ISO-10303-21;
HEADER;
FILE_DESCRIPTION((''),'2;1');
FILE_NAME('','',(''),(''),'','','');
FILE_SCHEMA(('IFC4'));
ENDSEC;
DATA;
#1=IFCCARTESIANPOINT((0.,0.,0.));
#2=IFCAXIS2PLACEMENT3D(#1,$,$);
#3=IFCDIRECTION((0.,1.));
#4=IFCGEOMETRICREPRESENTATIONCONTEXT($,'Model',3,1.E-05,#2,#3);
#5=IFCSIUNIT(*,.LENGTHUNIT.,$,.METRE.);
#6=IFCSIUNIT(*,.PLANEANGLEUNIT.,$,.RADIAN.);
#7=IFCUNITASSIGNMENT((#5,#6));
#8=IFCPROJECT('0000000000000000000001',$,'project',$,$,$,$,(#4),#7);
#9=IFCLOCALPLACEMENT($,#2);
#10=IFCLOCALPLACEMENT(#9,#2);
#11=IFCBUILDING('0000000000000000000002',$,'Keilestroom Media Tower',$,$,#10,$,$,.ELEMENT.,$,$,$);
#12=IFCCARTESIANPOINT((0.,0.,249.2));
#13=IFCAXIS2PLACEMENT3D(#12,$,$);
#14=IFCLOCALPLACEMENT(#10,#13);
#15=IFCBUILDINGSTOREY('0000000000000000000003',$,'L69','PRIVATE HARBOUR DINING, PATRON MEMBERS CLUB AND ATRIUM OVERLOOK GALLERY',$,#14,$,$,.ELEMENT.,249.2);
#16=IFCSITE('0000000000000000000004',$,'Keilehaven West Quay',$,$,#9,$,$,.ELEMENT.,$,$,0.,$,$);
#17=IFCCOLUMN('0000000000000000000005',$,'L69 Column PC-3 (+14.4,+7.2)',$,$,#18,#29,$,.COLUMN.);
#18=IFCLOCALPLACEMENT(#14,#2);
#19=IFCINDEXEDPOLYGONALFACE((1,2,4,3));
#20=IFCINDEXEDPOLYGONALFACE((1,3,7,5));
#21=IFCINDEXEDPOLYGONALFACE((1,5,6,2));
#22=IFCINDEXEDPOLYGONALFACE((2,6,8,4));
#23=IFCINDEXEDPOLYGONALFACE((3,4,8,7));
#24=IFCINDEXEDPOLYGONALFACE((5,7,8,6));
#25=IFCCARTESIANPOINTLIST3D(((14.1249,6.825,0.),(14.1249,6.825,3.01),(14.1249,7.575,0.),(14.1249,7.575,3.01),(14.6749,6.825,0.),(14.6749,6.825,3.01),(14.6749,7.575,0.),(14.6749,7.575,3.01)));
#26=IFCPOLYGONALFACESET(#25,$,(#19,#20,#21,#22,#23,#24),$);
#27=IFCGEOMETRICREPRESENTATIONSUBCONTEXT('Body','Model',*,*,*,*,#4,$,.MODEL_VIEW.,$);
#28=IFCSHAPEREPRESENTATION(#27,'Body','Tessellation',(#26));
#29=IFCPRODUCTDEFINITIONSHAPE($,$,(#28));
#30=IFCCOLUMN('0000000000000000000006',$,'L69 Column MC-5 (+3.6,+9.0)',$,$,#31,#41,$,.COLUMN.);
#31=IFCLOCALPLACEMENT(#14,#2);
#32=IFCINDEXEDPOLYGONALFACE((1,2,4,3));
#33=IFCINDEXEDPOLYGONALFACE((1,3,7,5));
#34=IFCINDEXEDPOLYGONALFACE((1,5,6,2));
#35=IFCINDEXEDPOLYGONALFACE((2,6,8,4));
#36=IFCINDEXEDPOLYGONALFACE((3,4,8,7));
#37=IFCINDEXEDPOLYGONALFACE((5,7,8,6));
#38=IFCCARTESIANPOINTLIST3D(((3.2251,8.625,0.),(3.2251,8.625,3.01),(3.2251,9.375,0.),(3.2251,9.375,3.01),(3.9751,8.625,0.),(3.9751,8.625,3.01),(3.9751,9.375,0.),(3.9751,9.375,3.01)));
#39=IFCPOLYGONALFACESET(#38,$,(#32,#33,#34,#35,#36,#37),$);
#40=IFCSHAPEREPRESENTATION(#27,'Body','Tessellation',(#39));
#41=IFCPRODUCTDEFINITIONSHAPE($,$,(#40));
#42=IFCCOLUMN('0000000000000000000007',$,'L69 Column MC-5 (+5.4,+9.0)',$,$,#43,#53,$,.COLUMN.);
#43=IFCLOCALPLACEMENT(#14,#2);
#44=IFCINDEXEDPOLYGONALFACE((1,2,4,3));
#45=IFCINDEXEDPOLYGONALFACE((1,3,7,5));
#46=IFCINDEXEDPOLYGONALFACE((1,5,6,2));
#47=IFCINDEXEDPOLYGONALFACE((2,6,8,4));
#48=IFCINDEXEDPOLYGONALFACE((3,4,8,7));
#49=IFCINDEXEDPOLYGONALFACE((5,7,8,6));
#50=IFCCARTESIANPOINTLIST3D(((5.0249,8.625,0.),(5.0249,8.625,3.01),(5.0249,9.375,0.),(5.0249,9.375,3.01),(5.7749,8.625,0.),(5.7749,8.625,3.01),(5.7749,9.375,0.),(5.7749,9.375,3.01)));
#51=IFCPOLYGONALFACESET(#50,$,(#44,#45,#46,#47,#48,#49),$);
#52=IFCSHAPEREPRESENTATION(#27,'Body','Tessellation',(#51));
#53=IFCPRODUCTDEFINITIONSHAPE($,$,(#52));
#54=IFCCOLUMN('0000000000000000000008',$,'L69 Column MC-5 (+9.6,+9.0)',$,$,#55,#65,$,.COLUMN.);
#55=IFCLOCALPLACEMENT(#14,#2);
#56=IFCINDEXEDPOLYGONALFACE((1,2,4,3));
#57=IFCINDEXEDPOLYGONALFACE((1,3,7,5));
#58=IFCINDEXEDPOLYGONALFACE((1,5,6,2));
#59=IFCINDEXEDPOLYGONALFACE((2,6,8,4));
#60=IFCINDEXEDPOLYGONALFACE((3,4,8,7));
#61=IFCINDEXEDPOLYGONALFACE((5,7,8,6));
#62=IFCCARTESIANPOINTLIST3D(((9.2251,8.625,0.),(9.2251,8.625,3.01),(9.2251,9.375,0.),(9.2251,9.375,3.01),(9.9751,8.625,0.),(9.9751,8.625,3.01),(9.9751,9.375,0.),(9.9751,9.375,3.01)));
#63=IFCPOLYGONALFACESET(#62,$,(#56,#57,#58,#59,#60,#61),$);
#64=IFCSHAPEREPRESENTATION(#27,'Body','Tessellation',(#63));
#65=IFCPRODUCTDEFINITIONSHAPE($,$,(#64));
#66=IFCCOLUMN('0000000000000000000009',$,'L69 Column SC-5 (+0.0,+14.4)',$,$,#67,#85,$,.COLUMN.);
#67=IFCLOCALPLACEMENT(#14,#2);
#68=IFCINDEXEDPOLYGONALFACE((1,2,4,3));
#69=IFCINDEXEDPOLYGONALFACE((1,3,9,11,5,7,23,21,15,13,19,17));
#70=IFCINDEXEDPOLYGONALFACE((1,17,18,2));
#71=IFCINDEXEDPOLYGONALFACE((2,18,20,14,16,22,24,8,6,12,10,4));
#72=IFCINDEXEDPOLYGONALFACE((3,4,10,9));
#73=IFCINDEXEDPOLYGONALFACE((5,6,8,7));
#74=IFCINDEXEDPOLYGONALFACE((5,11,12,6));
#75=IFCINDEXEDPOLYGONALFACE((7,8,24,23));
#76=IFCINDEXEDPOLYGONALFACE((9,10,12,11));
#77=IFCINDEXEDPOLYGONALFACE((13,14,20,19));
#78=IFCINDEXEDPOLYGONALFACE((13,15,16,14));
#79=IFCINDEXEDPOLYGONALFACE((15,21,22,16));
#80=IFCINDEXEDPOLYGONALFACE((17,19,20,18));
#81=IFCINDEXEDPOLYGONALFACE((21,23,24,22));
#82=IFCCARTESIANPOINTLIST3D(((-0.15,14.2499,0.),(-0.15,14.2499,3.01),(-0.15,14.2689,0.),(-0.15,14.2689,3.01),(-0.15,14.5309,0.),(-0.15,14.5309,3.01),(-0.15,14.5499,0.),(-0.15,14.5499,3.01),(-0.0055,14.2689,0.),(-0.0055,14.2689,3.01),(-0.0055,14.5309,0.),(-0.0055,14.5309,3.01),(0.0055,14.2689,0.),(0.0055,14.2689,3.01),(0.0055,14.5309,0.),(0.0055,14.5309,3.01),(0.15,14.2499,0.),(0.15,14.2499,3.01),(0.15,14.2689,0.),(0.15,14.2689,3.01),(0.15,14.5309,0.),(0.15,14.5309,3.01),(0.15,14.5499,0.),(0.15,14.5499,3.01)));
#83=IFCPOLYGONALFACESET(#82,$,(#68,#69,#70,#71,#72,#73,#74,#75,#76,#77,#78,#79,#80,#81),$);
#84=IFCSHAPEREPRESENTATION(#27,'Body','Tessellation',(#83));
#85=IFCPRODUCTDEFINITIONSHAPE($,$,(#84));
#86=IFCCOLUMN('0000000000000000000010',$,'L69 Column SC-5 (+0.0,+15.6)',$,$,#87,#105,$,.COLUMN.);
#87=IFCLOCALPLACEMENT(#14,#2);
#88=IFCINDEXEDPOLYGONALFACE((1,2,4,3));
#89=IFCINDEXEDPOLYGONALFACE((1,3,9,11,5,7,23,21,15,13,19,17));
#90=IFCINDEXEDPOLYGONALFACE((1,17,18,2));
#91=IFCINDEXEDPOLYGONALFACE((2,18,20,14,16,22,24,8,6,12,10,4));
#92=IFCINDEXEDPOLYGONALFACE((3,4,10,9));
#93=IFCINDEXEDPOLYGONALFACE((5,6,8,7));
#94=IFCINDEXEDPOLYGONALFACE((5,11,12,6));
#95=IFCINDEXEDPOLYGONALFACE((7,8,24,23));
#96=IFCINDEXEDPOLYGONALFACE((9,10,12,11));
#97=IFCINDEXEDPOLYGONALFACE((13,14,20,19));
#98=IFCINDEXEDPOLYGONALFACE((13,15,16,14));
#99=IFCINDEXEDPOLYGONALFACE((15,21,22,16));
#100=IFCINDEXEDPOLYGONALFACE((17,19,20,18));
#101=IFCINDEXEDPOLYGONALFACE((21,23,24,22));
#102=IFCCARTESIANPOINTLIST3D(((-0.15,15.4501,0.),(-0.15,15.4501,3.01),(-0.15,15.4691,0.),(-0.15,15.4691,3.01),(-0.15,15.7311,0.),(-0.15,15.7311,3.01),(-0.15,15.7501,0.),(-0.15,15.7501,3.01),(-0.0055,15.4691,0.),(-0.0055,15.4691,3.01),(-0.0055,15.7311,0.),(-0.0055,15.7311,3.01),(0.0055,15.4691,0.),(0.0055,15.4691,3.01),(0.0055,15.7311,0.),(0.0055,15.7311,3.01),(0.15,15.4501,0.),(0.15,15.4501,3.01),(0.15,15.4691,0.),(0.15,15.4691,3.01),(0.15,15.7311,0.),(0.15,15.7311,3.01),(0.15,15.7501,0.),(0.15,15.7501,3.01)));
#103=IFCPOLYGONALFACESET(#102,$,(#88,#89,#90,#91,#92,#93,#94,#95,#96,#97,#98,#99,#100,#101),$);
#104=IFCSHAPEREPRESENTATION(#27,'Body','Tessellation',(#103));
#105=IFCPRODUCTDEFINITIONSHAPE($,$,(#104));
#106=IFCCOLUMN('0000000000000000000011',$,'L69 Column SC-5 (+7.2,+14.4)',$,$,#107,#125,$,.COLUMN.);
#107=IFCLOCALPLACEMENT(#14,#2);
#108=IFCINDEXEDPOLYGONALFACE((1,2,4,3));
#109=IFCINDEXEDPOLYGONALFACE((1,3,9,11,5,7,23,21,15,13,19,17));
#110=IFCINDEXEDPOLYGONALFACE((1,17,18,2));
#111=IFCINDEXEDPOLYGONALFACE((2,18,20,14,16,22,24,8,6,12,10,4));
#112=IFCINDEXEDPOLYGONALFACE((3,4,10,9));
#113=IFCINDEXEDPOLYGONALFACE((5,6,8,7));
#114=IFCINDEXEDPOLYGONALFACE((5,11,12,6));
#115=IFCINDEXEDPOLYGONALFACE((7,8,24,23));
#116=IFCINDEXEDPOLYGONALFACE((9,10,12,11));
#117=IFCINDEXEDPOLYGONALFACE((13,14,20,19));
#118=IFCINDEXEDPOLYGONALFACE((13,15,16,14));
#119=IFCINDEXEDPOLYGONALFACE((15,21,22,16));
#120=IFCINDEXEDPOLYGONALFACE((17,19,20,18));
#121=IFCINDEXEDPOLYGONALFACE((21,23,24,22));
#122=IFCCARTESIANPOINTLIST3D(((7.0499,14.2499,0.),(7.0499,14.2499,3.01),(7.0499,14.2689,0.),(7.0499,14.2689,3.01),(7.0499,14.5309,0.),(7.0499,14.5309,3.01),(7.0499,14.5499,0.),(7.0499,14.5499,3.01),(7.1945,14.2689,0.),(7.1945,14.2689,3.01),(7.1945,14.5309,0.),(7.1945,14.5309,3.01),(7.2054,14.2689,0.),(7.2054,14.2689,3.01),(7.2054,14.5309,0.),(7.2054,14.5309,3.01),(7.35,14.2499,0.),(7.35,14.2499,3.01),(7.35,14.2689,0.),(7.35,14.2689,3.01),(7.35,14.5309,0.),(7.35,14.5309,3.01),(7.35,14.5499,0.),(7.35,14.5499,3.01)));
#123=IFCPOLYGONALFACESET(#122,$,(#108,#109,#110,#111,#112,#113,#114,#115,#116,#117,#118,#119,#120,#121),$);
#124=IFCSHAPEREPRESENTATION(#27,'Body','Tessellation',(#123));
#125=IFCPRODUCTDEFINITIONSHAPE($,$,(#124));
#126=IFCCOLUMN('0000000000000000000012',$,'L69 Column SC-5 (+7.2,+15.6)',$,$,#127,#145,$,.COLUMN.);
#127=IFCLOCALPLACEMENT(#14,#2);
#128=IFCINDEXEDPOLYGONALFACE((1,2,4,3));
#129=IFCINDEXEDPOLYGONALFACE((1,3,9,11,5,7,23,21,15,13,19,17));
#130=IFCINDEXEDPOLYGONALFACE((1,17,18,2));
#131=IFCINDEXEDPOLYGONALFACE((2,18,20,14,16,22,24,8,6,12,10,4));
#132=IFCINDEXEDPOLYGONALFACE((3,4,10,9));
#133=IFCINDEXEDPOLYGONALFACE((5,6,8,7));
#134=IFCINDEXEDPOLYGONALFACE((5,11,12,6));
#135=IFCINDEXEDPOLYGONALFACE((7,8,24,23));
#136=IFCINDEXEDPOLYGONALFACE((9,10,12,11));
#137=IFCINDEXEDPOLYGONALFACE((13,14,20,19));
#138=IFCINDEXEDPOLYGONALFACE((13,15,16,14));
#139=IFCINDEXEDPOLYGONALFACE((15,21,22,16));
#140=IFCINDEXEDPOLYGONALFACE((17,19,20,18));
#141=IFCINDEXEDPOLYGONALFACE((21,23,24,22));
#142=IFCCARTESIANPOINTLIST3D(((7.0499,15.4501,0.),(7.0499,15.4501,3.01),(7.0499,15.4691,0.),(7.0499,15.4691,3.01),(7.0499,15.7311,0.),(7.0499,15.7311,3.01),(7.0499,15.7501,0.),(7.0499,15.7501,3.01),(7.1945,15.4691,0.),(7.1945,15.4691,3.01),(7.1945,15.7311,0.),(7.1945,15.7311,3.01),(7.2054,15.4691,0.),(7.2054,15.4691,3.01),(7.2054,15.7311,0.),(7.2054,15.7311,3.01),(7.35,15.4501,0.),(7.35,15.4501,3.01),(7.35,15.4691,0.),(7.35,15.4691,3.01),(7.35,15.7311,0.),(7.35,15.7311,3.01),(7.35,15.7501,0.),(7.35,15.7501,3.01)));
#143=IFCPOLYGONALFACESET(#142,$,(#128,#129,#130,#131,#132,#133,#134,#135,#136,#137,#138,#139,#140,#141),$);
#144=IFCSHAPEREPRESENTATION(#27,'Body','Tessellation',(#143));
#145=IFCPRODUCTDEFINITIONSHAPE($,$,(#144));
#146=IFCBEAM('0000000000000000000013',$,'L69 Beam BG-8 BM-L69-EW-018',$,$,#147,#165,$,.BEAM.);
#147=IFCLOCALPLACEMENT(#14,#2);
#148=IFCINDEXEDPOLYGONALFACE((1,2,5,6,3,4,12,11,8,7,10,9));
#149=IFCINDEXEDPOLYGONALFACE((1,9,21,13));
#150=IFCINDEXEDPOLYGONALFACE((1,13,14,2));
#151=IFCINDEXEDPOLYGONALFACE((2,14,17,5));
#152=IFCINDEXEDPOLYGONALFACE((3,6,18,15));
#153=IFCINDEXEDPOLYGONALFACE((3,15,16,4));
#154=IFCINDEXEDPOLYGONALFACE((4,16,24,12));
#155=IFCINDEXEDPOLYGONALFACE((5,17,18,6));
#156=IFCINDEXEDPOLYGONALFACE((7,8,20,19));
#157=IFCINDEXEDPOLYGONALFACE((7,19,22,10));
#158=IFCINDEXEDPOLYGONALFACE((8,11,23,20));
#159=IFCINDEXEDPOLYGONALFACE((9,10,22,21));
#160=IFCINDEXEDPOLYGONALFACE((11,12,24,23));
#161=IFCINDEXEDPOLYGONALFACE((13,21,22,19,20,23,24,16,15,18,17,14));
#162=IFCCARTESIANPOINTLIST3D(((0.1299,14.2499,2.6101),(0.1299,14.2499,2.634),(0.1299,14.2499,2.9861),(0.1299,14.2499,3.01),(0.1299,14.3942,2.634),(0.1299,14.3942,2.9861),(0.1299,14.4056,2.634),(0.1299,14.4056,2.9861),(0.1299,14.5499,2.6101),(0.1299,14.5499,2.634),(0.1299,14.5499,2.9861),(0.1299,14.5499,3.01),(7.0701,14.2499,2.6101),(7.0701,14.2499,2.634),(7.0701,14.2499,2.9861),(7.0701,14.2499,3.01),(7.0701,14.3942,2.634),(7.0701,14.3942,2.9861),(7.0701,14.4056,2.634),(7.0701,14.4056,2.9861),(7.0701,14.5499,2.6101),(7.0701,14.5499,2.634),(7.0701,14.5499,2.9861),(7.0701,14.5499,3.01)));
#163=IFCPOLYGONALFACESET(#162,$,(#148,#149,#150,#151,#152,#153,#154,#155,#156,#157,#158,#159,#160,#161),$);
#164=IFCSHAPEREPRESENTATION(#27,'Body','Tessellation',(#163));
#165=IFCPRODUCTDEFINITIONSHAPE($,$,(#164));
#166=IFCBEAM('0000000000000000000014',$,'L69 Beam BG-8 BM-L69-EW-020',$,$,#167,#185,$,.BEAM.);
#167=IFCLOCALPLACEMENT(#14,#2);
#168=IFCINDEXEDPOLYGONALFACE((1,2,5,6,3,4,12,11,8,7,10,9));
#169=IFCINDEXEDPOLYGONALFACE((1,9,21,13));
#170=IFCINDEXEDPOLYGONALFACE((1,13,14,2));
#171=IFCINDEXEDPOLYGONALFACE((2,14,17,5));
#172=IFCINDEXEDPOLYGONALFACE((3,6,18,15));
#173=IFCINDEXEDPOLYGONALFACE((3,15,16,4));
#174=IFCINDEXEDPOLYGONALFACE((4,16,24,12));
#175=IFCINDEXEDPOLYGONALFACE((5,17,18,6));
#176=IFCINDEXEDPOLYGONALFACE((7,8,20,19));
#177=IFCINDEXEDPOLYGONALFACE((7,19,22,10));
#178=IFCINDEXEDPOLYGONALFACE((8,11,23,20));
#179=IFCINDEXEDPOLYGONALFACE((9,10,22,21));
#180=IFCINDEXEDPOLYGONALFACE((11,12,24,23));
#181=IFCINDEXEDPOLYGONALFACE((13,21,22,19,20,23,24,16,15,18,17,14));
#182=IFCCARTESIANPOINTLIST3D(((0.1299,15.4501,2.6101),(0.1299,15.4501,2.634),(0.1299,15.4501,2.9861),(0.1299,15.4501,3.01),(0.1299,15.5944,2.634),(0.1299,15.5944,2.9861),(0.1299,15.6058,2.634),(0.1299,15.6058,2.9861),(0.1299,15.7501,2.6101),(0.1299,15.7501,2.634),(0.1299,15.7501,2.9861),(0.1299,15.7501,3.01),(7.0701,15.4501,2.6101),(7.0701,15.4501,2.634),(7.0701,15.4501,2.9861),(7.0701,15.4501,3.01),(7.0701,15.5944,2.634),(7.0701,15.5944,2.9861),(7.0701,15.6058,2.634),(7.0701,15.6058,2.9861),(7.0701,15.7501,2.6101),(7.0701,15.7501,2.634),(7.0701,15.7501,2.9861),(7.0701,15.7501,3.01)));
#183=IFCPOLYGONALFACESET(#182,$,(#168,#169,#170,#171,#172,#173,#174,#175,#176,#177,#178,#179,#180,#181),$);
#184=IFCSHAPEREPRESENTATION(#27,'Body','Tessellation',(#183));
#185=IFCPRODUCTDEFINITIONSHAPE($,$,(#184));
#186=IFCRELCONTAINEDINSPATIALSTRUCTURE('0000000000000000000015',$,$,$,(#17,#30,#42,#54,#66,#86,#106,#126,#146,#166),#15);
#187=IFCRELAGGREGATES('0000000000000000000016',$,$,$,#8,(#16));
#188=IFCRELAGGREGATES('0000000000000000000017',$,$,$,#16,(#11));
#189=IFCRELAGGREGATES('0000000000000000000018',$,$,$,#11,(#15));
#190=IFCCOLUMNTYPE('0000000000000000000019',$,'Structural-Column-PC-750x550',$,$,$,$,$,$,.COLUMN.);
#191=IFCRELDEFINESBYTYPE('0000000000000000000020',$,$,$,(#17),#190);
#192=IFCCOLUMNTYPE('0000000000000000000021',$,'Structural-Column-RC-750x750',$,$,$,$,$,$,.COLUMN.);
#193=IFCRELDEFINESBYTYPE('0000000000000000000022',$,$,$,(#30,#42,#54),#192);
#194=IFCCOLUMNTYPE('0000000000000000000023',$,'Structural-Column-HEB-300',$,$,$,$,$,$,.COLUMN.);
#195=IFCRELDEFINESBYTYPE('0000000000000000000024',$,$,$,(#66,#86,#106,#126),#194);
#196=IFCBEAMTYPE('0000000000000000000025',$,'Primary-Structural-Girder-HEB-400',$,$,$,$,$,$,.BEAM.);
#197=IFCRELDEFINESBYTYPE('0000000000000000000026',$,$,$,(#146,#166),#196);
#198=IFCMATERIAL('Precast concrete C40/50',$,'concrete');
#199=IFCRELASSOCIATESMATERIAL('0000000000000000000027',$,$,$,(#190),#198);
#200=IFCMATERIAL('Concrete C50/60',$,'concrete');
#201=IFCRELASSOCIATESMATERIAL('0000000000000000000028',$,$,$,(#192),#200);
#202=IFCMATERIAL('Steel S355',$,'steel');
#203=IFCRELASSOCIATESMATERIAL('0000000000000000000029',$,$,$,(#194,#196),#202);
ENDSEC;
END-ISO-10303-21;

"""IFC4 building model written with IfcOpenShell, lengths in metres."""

from ifc_helpers import new_model, si_unit, direction, frame, origin, origin_2d, place, context, subcontext, project, spatial, rectangle, i_section, extrude, source, transform, mapped, material, material_profile, profile_set, type_object, element, save


model = new_model("IFC4")

# Units and contexts
model_context = context("Model", 3, precision=1e-05, world=origin(), true_north=direction((0.0, 1.0)))
body_context = subcontext(model_context, "Body", "Model", "MODEL_VIEW")
ifc_project = project(units=[si_unit("LENGTHUNIT", "METRE"), si_unit("PLANEANGLEUNIT", "RADIAN")], contexts=[model_context])

# Site, building, storey
site_placement = place(None, origin())
site = spatial("IfcSite", under=ifc_project, at=site_placement, Name="Keilehaven West Quay", CompositionType="ELEMENT", RefElevation=0.0)
building_placement = place(site_placement, origin())
building = spatial("IfcBuilding", under=site, at=building_placement, Name="Keilestroom Media Tower", CompositionType="ELEMENT")
storey_placement = place(building_placement, frame((0.0, 0.0, 249.2)))
storey = spatial("IfcBuildingStorey", under=building, at=storey_placement, Name="L69", Description="PRIVATE HARBOUR DINING, PATRON MEMBERS CLUB AND ATRIUM OVERLOOK GALLERY", CompositionType="ELEMENT", Elevation=249.2)

# Columns
ifc_material_1 = material(Name="Precast concrete C40/50", Category="concrete")
ifc_material_profile_1 = material_profile(ifc_material_1, rectangle(XDim=0.55, YDim=0.75, at=origin_2d()), Name="PC 750x550")
ifc_profile_set_1 = profile_set([ifc_material_profile_1], Name="Precast concrete C40/50")
column_type_1 = type_object("IfcColumnType", Name="Structural-Column-PC-750x550", PredefinedType="COLUMN", material=ifc_profile_set_1)
shared_shape_1 = source(origin(), body_context, "Body", "SweptSolid", [
    extrude(rectangle(XDim=0.55, YDim=0.75, at=origin_2d()), origin(), (0.0, 0.0, 1.0), 3.01),
])
column_placement = place(storey_placement, frame((14.3999, 7.2, 0.0), z_axis=(0.0, 0.0, 1.0), x_axis=(1.0, 0.0, 0.0)))
element("IfcColumn", 1, at=column_placement, inside=storey, type_object=column_type_1, Name="L69 Column PC-3 (+14.4,+7.2)", PredefinedType="COLUMN", context=body_context, shape_type="MappedRepresentation", body=[
    mapped(shared_shape_1, transform((0.0, 0.0, 0.0), x_axis=(1.0, 0.0, 0.0), y_axis=(0.0, 1.0, 0.0), z_axis=(0.0, 0.0, 1.0), scale=1.0)),
])
ifc_material_2 = material(Name="Concrete C50/60", Category="concrete")
ifc_material_profile_2 = material_profile(ifc_material_2, rectangle(XDim=0.75, YDim=0.75, at=origin_2d()), Name="RC 750x750")
ifc_profile_set_2 = profile_set([ifc_material_profile_2], Name="Concrete C50/60")
column_type_2 = type_object("IfcColumnType", Name="Structural-Column-RC-750x750", PredefinedType="COLUMN", material=ifc_profile_set_2)
shared_shape_2 = source(origin(), body_context, "Body", "SweptSolid", [
    extrude(rectangle(XDim=0.75, YDim=0.75, at=origin_2d()), origin(), (0.0, 0.0, 1.0), 3.01),
])
for number, where, z_axis, x_axis, name in (
    (2, (3.6001, 9.0, 0.0), (0.0, 0.0, 1.0), (1.0, 0.0, 0.0), "L69 Column MC-5 (+3.6,+9.0)"),
    (3, (5.3999, 9.0, 0.0), (0.0, 0.0, 1.0), (1.0, 0.0, 0.0), "L69 Column MC-5 (+5.4,+9.0)"),
    (4, (9.6001, 9.0, 0.0), (0.0, 0.0, 1.0), (1.0, 0.0, 0.0), "L69 Column MC-5 (+9.6,+9.0)"),
):
    element("IfcColumn", number, at=place(storey_placement, frame(where, z_axis=z_axis, x_axis=x_axis)), inside=storey, type_object=column_type_2, Name=name, PredefinedType="COLUMN", context=body_context, shape_type="MappedRepresentation", body=[
        mapped(shared_shape_2, transform((0.0, 0.0, 0.0), x_axis=(1.0, 0.0, 0.0), y_axis=(0.0, 1.0, 0.0), z_axis=(0.0, 0.0, 1.0), scale=1.0)),
    ])
ifc_material_3 = material(Name="Steel S355", Category="steel")
ifc_material_profile_3 = material_profile(ifc_material_3, i_section(OverallWidth=0.3, OverallDepth=0.3, WebThickness=0.011, FlangeThickness=0.019, at=origin_2d()), Name="HEB 300")
ifc_profile_set_3 = profile_set([ifc_material_profile_3], Name="Steel S355")
column_type_3 = type_object("IfcColumnType", Name="Structural-Column-HEB-300", PredefinedType="COLUMN", material=ifc_profile_set_3)
shared_shape_3 = source(origin(), body_context, "Body", "SweptSolid", [
    extrude(i_section(OverallWidth=0.3, OverallDepth=0.3, WebThickness=0.011, FlangeThickness=0.019, at=origin_2d()), origin(), (0.0, 0.0, 1.0), 3.01),
])
for number, where, z_axis, x_axis, name in (
    (5, (0.0, 14.3999, 0.0), (0.0, 0.0, 1.0), (1.0, 0.0, 0.0), "L69 Column SC-5 (+0.0,+14.4)"),
    (6, (0.0, 15.6001, 0.0), (0.0, 0.0, 1.0), (1.0, 0.0, 0.0), "L69 Column SC-5 (+0.0,+15.6)"),
    (7, (7.2, 14.3999, 0.0), (0.0, 0.0, 1.0), (1.0, 0.0, 0.0), "L69 Column SC-5 (+7.2,+14.4)"),
    (8, (7.2, 15.6001, 0.0), (0.0, 0.0, 1.0), (1.0, 0.0, 0.0), "L69 Column SC-5 (+7.2,+15.6)"),
):
    element("IfcColumn", number, at=place(storey_placement, frame(where, z_axis=z_axis, x_axis=x_axis)), inside=storey, type_object=column_type_3, Name=name, PredefinedType="COLUMN", context=body_context, shape_type="MappedRepresentation", body=[
        mapped(shared_shape_3, transform((0.0, 0.0, 0.0), x_axis=(1.0, 0.0, 0.0), y_axis=(0.0, 1.0, 0.0), z_axis=(0.0, 0.0, 1.0), scale=1.0)),
    ])

# Beams
ifc_material_profile_4 = material_profile(ifc_material_3, i_section(OverallWidth=0.3, OverallDepth=0.3999, WebThickness=0.0115, FlangeThickness=0.0239, at=origin_2d()), Name="HEB 400")
ifc_profile_set_4 = profile_set([ifc_material_profile_4], Name="Steel S355")
beam_type = type_object("IfcBeamType", Name="Primary-Structural-Girder-HEB-400", PredefinedType="BEAM", material=ifc_profile_set_4)
shared_shape_4 = source(origin(), body_context, "Body", "SweptSolid", [
    extrude(i_section(OverallWidth=0.3, OverallDepth=0.3999, WebThickness=0.0115, FlangeThickness=0.0239, at=origin_2d()), origin(), (0.0, 0.0, 1.0), 6.9402),
])
for number, where, z_axis, x_axis, name in (
    (9, (0.1299, 14.3999, 2.8101), (1.0, 0.0, 0.0), (0.0, 1.0, 0.0), "L69 Beam BG-8 BM-L69-EW-018"),
    (10, (0.1299, 15.6001, 2.8101), (1.0, 0.0, 0.0), (0.0, 1.0, 0.0), "L69 Beam BG-8 BM-L69-EW-020"),
):
    element("IfcBeam", number, at=place(storey_placement, frame(where, z_axis=z_axis, x_axis=x_axis)), inside=storey, type_object=beam_type, Name=name, PredefinedType="BEAM", context=body_context, shape_type="MappedRepresentation", body=[
        mapped(shared_shape_4, transform((0.0, 0.0, 0.0), x_axis=(1.0, 0.0, 0.0), y_axis=(0.0, 1.0, 0.0), z_axis=(0.0, 0.0, 1.0), scale=1.0)),
    ])

save(model, "model.ifc")
